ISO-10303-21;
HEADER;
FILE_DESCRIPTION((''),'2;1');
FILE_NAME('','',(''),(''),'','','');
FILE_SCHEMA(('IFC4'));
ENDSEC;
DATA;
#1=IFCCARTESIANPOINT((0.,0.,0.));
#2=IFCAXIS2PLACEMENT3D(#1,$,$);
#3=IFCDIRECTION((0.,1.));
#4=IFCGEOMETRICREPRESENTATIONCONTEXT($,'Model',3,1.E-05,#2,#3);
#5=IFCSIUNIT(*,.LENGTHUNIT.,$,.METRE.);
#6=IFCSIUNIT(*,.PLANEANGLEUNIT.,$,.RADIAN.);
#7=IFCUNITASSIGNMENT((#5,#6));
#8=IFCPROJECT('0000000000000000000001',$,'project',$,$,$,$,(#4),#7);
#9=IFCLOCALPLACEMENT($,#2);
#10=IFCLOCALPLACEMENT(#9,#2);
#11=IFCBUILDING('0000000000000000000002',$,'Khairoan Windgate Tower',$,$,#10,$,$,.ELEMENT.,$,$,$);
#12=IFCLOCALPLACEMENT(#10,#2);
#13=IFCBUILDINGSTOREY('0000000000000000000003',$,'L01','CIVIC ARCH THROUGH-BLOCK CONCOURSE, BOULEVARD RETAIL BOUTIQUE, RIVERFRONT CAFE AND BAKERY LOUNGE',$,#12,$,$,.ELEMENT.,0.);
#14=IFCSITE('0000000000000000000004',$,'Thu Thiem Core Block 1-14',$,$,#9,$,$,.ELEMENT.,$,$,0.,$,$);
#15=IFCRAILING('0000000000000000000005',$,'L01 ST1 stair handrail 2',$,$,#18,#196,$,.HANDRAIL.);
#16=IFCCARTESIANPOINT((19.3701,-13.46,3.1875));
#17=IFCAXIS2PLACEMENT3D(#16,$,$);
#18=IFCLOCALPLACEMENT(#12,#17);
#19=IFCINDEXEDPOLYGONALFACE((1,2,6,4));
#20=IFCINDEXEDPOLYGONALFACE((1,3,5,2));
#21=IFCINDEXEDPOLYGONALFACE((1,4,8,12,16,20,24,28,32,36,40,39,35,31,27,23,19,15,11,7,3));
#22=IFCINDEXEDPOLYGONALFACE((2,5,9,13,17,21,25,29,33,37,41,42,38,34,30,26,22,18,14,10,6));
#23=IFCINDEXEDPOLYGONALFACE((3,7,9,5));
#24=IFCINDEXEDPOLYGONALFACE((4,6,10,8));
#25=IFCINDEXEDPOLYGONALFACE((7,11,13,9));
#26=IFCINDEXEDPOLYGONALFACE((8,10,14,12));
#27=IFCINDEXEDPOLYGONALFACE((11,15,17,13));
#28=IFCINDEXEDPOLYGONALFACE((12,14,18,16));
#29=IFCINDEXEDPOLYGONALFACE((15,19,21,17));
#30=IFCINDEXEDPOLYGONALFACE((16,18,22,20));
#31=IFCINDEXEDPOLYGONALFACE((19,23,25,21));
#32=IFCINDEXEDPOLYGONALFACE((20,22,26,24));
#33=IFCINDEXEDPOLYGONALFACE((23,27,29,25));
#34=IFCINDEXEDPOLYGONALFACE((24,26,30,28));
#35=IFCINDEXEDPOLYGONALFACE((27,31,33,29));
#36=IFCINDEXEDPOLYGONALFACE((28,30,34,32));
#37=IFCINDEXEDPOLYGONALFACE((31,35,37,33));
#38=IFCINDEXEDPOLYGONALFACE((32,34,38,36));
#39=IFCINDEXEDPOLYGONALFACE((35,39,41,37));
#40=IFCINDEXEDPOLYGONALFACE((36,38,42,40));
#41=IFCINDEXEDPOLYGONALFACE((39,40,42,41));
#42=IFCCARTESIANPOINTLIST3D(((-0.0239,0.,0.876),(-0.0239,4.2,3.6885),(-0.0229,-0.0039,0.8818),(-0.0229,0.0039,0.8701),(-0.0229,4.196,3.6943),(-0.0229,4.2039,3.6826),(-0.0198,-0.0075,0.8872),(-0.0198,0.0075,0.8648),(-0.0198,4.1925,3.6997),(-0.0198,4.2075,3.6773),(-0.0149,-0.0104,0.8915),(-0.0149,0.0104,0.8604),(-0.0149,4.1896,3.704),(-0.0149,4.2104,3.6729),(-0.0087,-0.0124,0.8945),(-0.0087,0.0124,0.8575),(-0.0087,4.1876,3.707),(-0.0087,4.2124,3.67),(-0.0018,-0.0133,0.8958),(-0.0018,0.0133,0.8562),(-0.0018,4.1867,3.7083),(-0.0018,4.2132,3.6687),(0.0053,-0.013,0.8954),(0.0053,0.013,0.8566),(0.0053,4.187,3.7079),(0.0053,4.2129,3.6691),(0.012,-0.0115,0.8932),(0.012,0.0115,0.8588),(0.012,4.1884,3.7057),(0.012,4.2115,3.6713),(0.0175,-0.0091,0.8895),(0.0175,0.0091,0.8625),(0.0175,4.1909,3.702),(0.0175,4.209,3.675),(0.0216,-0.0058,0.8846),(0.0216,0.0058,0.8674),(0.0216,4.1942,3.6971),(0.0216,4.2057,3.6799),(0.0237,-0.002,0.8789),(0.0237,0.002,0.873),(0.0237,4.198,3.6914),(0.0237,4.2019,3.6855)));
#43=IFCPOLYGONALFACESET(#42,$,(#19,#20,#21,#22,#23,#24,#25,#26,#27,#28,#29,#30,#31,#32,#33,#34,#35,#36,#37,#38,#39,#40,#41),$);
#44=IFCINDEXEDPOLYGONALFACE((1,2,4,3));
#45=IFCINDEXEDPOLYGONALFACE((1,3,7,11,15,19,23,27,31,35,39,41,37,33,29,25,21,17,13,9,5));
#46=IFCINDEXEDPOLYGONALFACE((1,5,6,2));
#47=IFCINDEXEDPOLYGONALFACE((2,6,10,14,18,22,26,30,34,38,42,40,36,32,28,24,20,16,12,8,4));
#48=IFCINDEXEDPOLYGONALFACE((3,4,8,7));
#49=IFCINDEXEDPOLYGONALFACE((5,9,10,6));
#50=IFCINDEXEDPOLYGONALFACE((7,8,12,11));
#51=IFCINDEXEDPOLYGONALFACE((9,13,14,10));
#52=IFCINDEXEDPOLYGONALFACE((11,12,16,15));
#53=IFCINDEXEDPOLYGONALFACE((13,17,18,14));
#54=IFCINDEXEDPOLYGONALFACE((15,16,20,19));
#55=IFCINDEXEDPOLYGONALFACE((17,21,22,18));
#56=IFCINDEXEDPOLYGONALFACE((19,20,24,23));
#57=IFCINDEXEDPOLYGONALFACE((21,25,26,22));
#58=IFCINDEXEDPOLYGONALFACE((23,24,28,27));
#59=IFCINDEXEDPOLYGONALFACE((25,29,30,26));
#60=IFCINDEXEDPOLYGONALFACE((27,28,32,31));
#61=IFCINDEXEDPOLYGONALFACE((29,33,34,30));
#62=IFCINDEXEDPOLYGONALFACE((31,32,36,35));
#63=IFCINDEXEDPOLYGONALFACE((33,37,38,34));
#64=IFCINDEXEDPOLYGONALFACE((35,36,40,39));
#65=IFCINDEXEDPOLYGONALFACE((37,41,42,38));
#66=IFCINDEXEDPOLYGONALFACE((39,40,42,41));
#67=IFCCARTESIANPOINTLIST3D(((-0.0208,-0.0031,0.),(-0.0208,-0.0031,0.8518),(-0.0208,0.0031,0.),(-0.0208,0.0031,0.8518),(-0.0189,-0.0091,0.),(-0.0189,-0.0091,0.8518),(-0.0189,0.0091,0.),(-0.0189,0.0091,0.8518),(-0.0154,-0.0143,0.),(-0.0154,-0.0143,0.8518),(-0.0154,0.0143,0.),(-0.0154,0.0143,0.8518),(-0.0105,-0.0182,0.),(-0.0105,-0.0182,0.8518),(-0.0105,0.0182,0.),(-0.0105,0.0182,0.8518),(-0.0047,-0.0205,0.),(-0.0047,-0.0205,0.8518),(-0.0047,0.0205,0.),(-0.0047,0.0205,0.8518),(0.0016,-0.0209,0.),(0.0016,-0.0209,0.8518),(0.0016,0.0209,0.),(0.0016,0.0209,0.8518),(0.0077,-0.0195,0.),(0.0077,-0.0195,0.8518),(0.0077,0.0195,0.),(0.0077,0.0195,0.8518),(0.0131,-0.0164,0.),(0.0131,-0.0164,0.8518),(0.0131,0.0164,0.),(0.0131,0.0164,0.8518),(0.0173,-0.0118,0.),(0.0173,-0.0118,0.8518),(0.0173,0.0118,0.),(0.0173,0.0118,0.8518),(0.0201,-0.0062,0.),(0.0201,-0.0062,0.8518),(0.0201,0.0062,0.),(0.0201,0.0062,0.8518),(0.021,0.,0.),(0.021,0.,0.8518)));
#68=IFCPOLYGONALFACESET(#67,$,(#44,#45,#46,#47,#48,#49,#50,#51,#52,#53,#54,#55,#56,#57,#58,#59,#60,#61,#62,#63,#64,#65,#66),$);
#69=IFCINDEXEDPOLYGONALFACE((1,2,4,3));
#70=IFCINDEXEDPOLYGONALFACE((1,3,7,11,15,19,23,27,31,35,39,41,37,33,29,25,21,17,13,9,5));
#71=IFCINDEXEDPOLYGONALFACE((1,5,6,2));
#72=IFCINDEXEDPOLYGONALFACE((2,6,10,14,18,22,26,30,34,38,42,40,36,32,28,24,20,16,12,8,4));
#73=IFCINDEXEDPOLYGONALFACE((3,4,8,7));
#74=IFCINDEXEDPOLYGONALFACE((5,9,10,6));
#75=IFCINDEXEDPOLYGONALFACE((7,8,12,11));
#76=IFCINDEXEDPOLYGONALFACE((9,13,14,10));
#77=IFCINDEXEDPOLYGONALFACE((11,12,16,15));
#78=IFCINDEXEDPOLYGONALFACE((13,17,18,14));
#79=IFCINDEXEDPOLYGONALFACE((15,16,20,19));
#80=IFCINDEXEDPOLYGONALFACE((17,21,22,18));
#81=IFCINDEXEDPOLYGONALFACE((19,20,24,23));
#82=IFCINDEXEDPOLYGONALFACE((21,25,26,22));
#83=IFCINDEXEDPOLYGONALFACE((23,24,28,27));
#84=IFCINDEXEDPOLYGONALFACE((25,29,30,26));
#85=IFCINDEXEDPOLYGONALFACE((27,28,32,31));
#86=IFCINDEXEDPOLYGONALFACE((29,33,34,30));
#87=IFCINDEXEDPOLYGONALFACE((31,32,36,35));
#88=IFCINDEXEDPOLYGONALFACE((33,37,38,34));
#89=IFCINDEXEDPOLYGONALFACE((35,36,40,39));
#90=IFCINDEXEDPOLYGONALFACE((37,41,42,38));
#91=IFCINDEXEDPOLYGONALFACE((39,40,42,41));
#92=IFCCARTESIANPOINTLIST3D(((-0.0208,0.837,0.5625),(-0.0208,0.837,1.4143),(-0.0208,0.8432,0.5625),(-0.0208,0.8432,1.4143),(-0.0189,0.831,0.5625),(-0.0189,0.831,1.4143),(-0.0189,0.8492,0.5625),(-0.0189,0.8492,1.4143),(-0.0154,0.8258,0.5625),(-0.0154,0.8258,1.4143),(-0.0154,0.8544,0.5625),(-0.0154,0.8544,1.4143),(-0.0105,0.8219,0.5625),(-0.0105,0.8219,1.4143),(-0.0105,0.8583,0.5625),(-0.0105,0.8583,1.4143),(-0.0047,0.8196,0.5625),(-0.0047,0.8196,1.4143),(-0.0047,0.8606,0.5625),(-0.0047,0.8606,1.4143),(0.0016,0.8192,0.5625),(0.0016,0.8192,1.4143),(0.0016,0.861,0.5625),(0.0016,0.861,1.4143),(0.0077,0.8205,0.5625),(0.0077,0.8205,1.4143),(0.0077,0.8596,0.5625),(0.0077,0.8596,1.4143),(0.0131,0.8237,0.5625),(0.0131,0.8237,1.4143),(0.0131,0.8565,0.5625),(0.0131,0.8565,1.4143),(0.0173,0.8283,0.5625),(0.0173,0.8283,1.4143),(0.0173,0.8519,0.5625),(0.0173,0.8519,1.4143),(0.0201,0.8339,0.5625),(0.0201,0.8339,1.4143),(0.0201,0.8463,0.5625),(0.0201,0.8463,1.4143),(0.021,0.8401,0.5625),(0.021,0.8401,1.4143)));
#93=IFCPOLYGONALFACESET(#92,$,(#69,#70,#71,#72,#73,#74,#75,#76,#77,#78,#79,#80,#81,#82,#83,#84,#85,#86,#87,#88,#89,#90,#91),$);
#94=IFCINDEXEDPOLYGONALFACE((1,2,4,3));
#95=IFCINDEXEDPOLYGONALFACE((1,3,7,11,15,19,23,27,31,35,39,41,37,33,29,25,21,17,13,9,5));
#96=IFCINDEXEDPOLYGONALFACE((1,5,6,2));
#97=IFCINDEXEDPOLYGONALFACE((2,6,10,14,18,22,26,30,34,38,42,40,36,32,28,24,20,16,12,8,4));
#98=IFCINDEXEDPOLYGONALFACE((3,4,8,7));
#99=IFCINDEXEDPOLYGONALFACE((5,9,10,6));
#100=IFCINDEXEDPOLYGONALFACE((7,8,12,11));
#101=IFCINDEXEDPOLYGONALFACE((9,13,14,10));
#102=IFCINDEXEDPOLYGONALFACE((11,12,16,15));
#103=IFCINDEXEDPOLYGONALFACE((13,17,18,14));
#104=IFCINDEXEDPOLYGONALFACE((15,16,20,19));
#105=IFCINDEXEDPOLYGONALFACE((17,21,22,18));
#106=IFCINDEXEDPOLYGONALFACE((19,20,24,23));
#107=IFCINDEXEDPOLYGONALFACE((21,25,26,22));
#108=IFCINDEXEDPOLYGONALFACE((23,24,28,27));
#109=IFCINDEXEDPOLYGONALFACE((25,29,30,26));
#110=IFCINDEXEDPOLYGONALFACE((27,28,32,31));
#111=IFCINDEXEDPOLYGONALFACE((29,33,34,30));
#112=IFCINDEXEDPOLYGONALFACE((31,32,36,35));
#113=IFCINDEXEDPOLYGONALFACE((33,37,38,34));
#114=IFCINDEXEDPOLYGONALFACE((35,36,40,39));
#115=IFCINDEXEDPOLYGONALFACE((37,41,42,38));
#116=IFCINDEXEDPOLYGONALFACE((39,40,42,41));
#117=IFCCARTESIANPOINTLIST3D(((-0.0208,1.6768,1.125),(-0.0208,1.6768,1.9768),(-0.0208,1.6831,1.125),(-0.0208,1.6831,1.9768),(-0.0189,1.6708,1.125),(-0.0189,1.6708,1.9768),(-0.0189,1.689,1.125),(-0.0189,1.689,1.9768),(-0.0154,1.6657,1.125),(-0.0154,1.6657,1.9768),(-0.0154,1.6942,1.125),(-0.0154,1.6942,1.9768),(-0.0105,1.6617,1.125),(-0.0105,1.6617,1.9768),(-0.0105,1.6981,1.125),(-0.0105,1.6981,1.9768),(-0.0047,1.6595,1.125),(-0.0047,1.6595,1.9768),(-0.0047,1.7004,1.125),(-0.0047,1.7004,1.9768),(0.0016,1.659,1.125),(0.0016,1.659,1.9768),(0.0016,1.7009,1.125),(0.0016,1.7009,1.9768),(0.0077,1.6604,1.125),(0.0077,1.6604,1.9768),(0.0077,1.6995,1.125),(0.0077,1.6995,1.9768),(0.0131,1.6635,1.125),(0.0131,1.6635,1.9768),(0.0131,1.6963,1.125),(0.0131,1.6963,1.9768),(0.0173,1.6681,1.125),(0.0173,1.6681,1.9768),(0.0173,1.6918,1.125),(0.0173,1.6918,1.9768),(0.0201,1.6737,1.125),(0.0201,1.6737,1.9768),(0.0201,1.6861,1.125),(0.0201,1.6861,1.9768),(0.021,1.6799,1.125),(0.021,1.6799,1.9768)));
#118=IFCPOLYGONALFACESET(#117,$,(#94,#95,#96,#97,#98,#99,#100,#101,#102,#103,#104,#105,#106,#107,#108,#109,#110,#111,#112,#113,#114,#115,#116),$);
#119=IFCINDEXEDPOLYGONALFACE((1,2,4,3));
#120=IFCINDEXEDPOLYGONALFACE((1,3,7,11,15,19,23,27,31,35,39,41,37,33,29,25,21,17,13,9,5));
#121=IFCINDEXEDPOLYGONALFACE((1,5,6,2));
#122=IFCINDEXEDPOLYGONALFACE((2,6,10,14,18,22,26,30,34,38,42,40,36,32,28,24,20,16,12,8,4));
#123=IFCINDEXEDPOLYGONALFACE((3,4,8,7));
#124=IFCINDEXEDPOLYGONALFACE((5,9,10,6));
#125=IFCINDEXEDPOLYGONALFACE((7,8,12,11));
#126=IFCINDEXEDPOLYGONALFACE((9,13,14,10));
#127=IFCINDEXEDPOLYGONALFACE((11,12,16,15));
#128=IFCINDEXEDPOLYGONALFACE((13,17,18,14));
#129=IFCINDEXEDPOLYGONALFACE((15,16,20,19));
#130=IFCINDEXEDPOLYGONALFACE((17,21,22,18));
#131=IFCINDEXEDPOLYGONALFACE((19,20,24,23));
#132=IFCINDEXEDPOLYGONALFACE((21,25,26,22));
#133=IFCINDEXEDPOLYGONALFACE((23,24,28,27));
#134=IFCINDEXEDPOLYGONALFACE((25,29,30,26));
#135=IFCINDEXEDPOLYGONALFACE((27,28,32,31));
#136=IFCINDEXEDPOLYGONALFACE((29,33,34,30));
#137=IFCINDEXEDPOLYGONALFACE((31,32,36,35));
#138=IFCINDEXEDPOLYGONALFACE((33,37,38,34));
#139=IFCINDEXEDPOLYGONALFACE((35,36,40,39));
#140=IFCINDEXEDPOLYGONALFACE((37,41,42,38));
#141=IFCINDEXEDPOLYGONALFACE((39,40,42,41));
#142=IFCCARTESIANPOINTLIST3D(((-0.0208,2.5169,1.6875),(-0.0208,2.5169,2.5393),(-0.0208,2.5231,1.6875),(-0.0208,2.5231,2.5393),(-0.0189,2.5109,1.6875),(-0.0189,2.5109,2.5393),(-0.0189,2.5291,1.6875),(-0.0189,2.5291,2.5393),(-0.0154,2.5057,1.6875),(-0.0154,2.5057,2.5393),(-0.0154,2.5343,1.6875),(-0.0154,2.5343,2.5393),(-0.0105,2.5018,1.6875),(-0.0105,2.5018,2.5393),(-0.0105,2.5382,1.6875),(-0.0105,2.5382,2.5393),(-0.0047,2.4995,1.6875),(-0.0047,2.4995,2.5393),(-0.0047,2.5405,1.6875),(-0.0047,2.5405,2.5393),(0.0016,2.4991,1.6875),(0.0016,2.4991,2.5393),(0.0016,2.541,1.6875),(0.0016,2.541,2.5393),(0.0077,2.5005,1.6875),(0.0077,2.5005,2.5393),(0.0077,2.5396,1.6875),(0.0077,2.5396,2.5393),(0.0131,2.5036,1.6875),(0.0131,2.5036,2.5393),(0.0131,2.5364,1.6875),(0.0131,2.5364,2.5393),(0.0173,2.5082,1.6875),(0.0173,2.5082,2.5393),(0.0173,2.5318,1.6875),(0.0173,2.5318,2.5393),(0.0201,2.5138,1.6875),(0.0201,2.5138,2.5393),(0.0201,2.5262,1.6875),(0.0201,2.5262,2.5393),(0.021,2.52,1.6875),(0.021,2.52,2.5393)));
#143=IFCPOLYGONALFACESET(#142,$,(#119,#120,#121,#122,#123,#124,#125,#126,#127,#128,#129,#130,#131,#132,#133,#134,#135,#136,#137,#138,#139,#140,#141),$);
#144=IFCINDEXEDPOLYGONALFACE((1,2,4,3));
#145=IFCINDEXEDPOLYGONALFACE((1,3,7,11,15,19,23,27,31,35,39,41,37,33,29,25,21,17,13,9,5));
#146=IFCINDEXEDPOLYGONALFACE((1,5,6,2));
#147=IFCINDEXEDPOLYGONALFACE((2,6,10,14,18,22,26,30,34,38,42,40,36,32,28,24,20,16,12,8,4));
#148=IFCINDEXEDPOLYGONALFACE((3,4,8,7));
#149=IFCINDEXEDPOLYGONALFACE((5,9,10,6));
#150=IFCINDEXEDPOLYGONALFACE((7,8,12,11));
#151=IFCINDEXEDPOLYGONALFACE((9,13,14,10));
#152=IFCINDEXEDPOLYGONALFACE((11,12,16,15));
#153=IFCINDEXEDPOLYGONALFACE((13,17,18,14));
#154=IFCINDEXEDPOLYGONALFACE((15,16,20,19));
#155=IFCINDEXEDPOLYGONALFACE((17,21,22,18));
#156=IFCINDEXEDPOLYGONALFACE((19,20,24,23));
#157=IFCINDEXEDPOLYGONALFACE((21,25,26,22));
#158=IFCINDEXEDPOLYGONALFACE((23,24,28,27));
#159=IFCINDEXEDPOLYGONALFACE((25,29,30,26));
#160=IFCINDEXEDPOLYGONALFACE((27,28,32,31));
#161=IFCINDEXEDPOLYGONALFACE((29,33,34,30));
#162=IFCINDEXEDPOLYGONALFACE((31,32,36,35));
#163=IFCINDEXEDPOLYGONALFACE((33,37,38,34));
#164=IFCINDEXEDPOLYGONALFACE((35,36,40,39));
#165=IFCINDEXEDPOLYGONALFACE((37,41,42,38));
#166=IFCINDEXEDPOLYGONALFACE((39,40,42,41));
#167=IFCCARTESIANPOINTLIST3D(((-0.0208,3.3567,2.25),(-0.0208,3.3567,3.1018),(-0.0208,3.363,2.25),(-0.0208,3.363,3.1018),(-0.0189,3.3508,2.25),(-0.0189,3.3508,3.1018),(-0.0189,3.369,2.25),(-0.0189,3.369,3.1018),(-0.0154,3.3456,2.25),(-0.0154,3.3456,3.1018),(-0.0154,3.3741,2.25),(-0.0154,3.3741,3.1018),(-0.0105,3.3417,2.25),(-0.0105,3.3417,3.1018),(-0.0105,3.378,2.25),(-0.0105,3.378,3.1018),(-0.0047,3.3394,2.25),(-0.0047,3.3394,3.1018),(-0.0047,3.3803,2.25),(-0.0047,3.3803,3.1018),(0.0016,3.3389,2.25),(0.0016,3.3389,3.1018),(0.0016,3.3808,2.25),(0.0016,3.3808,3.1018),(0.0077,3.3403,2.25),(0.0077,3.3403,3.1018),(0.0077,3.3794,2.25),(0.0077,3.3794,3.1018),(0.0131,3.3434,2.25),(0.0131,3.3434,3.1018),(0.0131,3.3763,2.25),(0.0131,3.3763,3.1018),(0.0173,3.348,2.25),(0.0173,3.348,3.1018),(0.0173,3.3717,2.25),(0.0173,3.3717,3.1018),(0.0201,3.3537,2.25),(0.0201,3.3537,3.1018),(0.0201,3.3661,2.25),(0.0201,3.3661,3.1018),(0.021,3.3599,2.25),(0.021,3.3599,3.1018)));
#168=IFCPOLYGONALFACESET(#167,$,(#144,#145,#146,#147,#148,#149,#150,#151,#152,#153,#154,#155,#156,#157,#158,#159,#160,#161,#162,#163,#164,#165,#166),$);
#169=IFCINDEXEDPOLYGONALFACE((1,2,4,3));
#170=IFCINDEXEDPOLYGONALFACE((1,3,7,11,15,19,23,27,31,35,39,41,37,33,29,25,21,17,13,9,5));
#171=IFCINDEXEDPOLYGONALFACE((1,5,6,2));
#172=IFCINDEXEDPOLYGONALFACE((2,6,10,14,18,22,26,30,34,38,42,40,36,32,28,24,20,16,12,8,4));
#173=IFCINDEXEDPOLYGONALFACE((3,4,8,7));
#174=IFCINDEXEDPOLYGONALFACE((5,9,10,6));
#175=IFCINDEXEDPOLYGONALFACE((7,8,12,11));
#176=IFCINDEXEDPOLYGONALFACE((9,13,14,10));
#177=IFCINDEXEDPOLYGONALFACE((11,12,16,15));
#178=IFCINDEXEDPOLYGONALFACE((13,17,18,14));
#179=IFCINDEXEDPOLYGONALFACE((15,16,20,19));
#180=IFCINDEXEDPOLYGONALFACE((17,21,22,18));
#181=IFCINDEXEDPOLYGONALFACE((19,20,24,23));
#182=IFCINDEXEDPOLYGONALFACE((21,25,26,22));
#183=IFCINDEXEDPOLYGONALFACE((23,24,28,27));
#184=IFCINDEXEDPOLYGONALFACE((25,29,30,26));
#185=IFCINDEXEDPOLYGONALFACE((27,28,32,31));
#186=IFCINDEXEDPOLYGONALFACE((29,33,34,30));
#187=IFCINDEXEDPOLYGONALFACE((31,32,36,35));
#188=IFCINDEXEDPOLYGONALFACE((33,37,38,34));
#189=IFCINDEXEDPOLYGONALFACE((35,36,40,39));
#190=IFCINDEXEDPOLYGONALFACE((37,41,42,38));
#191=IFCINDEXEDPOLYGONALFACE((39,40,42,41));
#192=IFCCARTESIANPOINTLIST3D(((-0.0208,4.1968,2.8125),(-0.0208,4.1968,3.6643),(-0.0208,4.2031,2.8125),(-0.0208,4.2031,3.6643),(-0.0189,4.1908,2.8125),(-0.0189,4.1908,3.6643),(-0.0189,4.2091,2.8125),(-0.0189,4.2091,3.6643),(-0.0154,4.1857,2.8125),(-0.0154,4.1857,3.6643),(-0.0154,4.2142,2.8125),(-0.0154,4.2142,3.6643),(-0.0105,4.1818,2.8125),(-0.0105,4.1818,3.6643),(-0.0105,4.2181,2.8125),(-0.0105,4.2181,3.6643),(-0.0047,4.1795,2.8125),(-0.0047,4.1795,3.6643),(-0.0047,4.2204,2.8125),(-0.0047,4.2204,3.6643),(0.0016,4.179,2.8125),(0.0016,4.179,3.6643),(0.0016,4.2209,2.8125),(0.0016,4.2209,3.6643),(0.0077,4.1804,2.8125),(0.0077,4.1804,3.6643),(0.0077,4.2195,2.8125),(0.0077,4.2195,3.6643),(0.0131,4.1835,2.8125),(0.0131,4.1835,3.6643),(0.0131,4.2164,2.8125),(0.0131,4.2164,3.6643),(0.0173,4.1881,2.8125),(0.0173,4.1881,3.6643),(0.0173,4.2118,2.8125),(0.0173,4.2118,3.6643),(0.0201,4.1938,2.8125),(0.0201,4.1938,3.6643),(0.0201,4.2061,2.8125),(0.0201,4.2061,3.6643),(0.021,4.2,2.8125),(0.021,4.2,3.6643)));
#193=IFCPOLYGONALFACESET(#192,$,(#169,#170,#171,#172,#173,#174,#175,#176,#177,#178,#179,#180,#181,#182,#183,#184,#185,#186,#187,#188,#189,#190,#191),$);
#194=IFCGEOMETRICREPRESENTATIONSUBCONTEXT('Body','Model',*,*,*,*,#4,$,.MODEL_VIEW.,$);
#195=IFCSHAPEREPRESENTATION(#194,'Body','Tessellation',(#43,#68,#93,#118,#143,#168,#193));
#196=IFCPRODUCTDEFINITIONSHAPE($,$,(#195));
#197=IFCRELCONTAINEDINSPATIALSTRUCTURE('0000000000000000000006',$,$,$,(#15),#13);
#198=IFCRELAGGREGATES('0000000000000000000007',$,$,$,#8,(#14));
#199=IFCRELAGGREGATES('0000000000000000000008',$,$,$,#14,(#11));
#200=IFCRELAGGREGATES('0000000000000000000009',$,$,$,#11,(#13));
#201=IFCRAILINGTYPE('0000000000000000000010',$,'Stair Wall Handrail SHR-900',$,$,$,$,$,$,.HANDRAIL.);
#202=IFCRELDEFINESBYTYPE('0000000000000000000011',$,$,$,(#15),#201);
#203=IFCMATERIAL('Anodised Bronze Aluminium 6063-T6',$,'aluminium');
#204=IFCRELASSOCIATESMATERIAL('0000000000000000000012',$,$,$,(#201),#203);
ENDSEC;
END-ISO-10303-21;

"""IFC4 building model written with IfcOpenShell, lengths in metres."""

from ifc_helpers import new_model, si_unit, direction, frame, origin, origin_2d, place, context, subcontext, project, spatial, circle, extrude, material, type_object, element, save


model = new_model("IFC4")

# Units and contexts
model_context = context("Model", 3, precision=1e-05, world=origin(), true_north=direction((0.0, 1.0)))
body_context = subcontext(model_context, "Body", "Model", "MODEL_VIEW")
ifc_project = project(units=[si_unit("LENGTHUNIT", "METRE"), si_unit("PLANEANGLEUNIT", "RADIAN")], contexts=[model_context])

# Site, building, storey
site_placement = place(None, origin())
site = spatial("IfcSite", under=ifc_project, at=site_placement, Name="Thu Thiem Core Block 1-14", CompositionType="ELEMENT", RefElevation=0.0)
building_placement = place(site_placement, origin())
building = spatial("IfcBuilding", under=site, at=building_placement, Name="Khairoan Windgate Tower", CompositionType="ELEMENT")
storey_placement = place(building_placement, origin())
storey = spatial("IfcBuildingStorey", under=building, at=storey_placement, Name="L01", Description="CIVIC ARCH THROUGH-BLOCK CONCOURSE, BOULEVARD RETAIL BOUTIQUE, RIVERFRONT CAFE AND BAKERY LOUNGE", CompositionType="ELEMENT", Elevation=0.0)

# Railing
ifc_material_1 = material(Name="Anodised Bronze Aluminium 6063-T6", Category="aluminium")
railing_type_1 = type_object("IfcRailingType", Name="Stair Wall Handrail SHR-900", PredefinedType="HANDRAIL", material=ifc_material_1)
railing_1_placement = place(storey_placement, frame((19.3701, -13.46, 3.1875)))
element("IfcRailing", 1, at=railing_1_placement, inside=storey, type_object=railing_type_1, Name="L01 ST1 stair handrail 2", PredefinedType="HANDRAIL", context=body_context, shape_type="SweptSolid", body=[
    extrude(circle(Radius=0.0239, at=origin_2d()), frame((0.0, 0.0, 0.876), z_axis=(0.0, 0.830904, 0.556416), x_axis=(-1.0, 0.0, 0.0)), (0.0, 0.0, 1.0), 5.0547),
    extrude(circle(Radius=0.021, at=origin_2d()), origin(), (0.0, 0.0, 1.0), 0.8518),
    extrude(circle(Radius=0.021, at=origin_2d()), frame((0.0, 0.8401, 0.5625)), (0.0, 0.0, 1.0), 0.8518),
    extrude(circle(Radius=0.021, at=origin_2d()), frame((0.0, 1.6799, 1.125)), (0.0, 0.0, 1.0), 0.8518),
    extrude(circle(Radius=0.021, at=origin_2d()), frame((0.0, 2.52, 1.6875)), (0.0, 0.0, 1.0), 0.8518),
    extrude(circle(Radius=0.021, at=origin_2d()), frame((0.0, 3.3599, 2.25)), (0.0, 0.0, 1.0), 0.8518),
    extrude(circle(Radius=0.021, at=origin_2d()), frame((0.0, 4.2, 2.8125)), (0.0, 0.0, 1.0), 0.8518),
])

save(model, "model.ifc")
